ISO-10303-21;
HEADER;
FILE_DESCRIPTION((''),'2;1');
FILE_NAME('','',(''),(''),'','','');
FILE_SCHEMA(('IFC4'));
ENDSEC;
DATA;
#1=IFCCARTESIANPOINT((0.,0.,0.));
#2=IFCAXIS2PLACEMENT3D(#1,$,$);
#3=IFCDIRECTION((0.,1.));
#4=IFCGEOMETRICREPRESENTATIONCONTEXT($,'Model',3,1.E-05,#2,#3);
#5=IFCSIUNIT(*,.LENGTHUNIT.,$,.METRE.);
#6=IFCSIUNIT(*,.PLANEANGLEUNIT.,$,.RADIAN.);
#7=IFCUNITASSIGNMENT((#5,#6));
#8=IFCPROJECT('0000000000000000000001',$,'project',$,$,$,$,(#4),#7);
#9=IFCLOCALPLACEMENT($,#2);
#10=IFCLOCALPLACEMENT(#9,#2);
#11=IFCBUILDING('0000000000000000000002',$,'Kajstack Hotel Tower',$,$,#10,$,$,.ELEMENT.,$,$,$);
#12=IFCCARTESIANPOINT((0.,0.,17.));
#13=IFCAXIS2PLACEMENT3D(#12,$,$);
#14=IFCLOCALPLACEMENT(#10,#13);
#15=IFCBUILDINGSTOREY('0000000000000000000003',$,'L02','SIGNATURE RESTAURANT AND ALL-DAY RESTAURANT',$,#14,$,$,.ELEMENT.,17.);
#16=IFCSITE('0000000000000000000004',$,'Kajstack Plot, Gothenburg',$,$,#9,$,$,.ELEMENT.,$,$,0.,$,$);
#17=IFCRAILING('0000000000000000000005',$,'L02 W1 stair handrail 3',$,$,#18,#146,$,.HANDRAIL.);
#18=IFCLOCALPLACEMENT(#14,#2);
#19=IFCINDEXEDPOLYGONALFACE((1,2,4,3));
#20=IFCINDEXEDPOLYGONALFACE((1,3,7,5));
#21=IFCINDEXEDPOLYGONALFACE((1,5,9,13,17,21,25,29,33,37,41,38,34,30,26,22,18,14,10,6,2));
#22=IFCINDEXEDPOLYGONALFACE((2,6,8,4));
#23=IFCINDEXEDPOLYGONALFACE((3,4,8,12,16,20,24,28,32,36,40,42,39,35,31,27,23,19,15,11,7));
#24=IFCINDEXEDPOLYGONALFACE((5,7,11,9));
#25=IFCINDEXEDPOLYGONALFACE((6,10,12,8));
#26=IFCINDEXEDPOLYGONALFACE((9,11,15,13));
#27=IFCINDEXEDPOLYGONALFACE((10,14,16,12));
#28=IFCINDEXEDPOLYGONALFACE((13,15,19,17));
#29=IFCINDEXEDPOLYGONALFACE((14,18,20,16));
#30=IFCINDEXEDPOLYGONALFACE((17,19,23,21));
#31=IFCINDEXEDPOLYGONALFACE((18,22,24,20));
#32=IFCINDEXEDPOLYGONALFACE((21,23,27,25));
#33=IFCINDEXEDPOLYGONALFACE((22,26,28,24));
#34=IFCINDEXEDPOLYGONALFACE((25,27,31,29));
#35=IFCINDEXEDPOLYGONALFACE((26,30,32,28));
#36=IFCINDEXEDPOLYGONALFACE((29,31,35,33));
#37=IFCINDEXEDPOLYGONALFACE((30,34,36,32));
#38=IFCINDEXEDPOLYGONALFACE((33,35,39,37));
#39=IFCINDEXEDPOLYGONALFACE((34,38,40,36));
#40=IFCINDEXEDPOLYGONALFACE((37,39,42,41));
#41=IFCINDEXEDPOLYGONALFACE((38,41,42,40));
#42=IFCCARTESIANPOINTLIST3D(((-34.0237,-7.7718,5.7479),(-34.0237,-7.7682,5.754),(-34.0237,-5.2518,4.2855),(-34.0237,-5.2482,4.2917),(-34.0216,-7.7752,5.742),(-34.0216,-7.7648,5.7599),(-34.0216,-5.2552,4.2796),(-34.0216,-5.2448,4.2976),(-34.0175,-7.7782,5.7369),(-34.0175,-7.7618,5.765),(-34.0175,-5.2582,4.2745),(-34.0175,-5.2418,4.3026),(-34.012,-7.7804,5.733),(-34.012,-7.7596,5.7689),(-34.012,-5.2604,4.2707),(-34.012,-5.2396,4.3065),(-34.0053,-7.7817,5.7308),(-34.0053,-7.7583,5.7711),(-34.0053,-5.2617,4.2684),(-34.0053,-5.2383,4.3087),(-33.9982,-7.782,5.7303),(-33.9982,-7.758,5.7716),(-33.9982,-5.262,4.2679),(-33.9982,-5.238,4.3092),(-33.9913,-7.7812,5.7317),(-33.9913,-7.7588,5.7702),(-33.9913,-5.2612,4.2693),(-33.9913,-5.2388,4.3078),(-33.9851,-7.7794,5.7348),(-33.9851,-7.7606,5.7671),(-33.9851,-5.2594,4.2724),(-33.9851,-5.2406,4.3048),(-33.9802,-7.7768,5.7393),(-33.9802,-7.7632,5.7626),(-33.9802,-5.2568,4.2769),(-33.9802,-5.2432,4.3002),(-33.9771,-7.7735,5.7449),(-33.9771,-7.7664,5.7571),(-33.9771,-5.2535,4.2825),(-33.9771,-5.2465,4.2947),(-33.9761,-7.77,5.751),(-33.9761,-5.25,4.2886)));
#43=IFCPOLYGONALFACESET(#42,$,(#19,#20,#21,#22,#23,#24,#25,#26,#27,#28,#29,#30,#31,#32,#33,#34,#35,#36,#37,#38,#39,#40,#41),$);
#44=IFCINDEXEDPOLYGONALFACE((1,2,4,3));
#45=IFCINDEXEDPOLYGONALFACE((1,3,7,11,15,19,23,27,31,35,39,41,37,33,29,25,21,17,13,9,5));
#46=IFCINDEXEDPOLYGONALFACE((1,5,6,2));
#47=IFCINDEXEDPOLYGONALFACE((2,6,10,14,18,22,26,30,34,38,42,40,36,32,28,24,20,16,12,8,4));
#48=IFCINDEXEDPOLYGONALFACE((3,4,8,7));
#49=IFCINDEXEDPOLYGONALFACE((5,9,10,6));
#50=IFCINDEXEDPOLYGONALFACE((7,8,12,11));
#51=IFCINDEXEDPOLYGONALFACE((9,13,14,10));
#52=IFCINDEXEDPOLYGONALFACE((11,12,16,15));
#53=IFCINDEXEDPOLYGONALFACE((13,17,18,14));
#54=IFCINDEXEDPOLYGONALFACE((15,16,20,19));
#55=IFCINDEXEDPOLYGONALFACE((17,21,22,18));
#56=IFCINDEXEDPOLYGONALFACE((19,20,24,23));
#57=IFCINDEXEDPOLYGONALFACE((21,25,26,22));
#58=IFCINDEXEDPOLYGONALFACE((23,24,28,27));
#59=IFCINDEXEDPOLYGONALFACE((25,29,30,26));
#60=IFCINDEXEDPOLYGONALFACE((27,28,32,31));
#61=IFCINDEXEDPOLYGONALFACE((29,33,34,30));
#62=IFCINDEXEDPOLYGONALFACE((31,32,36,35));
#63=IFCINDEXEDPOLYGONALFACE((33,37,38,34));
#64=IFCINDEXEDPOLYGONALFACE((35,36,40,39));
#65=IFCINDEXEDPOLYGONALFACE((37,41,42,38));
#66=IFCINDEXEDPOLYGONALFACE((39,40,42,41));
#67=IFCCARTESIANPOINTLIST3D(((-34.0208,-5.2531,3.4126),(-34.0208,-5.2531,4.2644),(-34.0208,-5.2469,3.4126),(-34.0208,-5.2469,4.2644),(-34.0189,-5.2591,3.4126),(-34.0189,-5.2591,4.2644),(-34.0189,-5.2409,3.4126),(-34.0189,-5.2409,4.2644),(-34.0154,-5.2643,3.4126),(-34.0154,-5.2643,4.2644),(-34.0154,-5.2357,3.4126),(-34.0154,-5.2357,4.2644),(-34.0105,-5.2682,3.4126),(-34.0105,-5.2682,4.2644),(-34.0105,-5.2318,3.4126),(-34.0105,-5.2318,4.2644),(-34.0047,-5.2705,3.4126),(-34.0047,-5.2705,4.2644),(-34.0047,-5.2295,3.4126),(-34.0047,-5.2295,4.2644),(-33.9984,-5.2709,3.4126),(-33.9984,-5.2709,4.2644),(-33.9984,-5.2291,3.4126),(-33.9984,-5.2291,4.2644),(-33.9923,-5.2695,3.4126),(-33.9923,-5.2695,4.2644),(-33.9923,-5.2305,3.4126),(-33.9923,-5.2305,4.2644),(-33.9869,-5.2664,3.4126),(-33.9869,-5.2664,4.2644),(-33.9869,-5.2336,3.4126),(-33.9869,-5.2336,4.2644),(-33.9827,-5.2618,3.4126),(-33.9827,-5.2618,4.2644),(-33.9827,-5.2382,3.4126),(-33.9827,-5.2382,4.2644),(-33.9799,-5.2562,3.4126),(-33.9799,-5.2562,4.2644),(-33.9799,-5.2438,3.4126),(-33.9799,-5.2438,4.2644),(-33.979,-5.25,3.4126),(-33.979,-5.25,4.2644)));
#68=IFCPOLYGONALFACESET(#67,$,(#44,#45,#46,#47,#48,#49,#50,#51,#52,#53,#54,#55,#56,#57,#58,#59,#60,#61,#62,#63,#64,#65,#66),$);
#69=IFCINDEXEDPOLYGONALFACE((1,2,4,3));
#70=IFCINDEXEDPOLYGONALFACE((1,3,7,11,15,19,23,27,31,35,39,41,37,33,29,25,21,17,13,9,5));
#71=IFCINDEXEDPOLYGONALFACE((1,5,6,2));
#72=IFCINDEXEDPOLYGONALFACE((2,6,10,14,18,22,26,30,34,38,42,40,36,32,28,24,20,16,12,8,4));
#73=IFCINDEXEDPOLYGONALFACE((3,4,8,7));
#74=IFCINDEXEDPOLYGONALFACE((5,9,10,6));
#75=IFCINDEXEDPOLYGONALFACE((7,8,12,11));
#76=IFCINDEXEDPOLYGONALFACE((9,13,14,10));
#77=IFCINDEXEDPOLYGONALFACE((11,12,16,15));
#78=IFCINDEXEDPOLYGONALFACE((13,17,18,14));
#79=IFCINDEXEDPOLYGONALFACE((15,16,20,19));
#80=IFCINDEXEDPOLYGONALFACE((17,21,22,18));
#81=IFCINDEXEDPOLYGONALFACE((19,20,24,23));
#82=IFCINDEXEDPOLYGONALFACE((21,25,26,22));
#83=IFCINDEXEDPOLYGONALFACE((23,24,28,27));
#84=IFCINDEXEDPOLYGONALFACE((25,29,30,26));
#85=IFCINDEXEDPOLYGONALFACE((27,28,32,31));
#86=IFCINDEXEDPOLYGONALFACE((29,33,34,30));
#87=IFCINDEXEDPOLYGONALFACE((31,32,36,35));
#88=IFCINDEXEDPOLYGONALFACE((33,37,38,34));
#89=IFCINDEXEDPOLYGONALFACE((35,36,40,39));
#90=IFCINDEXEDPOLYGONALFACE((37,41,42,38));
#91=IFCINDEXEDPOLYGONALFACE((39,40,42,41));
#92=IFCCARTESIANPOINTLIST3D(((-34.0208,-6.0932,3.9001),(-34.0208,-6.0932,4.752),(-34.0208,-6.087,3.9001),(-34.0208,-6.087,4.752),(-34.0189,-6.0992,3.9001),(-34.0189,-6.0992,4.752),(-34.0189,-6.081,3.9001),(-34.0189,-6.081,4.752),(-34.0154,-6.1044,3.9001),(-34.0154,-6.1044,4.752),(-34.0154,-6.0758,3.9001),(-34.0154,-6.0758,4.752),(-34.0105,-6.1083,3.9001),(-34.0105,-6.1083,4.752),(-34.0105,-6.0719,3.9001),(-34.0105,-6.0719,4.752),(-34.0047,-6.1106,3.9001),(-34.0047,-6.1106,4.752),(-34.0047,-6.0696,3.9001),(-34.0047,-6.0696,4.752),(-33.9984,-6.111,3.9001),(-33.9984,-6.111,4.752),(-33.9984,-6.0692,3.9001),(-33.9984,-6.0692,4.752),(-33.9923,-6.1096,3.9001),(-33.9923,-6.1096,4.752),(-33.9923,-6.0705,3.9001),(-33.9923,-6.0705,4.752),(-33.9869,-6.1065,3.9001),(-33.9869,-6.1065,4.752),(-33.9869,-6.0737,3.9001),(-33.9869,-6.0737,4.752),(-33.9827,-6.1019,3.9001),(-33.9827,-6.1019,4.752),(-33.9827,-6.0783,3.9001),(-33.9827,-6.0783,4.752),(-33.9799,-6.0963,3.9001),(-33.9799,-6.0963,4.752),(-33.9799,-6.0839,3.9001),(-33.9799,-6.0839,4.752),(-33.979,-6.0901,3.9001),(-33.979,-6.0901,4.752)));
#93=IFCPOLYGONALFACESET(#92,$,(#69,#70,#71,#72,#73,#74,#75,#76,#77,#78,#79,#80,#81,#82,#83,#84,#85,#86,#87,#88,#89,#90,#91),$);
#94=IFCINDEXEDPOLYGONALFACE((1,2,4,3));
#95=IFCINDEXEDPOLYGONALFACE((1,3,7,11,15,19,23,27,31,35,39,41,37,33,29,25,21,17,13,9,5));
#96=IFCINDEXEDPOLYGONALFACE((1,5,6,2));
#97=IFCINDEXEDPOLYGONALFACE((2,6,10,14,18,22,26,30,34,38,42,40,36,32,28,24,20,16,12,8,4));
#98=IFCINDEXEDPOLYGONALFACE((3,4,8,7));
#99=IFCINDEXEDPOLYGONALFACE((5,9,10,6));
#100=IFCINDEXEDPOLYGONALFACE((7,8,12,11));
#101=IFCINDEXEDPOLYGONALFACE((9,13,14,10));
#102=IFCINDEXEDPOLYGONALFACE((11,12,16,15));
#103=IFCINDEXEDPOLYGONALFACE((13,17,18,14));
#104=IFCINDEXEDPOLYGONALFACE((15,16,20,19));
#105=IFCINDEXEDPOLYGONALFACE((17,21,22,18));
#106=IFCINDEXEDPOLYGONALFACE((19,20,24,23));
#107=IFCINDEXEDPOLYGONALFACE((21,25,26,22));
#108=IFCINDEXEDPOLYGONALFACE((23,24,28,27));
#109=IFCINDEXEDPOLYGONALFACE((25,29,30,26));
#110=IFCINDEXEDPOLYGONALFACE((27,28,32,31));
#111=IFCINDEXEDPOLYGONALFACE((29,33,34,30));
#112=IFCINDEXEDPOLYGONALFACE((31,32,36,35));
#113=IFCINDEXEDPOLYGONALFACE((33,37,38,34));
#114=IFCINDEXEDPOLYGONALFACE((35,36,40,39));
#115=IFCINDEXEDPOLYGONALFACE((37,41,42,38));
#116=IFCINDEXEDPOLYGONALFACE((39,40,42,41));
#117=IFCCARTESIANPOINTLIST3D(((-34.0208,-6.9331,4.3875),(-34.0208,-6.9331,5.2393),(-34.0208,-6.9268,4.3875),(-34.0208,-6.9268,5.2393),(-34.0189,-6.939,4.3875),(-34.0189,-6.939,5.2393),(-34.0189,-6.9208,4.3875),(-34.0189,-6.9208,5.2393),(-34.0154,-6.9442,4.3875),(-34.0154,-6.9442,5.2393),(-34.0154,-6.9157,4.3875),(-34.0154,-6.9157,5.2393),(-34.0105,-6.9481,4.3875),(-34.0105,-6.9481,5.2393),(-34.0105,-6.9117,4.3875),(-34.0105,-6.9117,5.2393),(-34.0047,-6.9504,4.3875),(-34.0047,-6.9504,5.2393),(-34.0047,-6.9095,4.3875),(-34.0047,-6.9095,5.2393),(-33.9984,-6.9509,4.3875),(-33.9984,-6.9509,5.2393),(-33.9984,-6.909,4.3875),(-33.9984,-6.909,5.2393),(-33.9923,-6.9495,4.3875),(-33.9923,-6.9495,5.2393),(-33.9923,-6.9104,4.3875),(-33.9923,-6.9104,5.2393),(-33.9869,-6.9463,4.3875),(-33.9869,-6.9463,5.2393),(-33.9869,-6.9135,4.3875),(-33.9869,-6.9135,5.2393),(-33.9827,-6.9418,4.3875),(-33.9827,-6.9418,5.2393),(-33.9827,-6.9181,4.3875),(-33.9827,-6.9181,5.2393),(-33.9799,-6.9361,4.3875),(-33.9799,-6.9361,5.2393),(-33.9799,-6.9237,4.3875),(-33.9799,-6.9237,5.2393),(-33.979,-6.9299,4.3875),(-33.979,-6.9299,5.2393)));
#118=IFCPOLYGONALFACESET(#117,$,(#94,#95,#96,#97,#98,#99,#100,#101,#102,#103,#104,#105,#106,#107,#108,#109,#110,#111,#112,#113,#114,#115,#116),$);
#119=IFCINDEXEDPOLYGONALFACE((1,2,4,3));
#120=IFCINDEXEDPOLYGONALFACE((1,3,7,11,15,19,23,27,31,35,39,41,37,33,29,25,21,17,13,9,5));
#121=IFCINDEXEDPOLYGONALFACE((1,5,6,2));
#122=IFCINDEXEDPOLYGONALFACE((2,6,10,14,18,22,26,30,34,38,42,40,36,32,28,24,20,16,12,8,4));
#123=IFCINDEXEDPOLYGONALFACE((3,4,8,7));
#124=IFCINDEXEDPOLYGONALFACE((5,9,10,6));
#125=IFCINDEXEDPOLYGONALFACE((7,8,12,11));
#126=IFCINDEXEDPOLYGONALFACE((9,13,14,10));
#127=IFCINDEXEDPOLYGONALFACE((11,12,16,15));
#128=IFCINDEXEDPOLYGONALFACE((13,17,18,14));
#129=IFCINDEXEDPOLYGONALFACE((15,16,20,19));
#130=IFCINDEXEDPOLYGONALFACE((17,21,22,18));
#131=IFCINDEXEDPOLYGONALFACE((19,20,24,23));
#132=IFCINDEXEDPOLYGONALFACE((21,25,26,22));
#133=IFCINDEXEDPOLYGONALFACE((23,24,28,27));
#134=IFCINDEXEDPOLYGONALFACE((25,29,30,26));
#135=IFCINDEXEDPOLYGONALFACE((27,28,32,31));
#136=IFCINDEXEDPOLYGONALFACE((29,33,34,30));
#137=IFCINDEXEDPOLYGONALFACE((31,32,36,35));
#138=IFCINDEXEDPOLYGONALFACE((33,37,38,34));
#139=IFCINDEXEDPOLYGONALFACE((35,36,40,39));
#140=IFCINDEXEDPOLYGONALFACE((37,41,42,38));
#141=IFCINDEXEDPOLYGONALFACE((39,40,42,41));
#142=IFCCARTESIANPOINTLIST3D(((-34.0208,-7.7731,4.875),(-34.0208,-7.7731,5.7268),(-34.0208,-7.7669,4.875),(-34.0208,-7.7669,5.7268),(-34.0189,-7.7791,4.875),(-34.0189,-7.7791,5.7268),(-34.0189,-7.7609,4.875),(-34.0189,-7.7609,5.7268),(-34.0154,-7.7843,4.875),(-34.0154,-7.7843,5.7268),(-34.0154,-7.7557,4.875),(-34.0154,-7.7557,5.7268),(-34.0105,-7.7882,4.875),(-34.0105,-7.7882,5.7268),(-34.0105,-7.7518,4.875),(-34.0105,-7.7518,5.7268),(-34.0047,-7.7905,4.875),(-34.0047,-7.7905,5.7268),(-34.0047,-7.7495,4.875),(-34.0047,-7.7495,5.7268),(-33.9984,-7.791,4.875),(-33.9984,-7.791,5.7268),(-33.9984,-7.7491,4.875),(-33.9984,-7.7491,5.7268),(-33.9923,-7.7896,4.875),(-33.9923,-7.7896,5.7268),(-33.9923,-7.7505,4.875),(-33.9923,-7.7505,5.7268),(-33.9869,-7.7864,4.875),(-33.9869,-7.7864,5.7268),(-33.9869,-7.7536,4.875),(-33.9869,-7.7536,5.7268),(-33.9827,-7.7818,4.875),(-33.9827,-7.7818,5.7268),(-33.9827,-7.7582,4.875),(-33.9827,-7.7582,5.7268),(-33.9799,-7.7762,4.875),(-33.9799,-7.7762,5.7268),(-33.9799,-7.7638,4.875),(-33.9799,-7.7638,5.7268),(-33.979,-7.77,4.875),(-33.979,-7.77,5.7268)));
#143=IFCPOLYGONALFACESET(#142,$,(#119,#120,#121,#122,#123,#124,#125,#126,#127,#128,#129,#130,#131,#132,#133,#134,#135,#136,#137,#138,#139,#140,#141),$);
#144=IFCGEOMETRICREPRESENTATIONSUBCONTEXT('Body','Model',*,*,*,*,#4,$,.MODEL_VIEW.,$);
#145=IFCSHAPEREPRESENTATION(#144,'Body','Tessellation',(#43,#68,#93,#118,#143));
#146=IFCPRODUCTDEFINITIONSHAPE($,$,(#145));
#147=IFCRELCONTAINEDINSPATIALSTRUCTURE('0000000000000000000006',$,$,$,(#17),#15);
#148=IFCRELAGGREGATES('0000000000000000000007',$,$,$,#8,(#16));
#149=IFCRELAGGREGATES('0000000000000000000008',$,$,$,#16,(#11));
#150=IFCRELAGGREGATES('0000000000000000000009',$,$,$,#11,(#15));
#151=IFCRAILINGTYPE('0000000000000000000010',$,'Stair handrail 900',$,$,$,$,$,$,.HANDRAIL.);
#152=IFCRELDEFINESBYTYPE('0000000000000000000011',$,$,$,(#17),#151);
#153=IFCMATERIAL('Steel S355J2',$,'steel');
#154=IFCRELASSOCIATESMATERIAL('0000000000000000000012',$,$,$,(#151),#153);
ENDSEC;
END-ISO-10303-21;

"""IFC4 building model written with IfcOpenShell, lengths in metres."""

from ifc_helpers import new_model, si_unit, direction, frame, origin, origin_2d, place, context, subcontext, project, spatial, circle, extrude, material, type_object, element, save


model = new_model("IFC4")

# Units and contexts
model_context = context("Model", 3, precision=1e-05, world=origin(), true_north=direction((0.0, 1.0)))
body_context = subcontext(model_context, "Body", "Model", "MODEL_VIEW")
ifc_project = project(units=[si_unit("LENGTHUNIT", "METRE"), si_unit("PLANEANGLEUNIT", "RADIAN")], contexts=[model_context])

# Site, building, storey
site_placement = place(None, origin())
site = spatial("IfcSite", under=ifc_project, at=site_placement, Name="Kajstack Plot, Gothenburg", CompositionType="ELEMENT", RefElevation=0.0)
building_placement = place(site_placement, origin())
building = spatial("IfcBuilding", under=site, at=building_placement, Name="Kajstack Hotel Tower", CompositionType="ELEMENT")
storey_placement = place(building_placement, frame((0.0, 0.0, 17.0)))
storey = spatial("IfcBuildingStorey", under=building, at=storey_placement, Name="L02", Description="SIGNATURE RESTAURANT AND ALL-DAY RESTAURANT", CompositionType="ELEMENT", Elevation=17.0)

# Railing
ifc_material_1 = material(Name="Steel S355J2", Category="steel")
railing_type_1 = type_object("IfcRailingType", Name="Stair handrail 900", PredefinedType="HANDRAIL", material=ifc_material_1)
for number, where, name in (
    (1, (-34.0, -5.25, 3.4126), "L02 W1 stair handrail 3"),
):
    element("IfcRailing", number, at=place(storey_placement, frame(where)), inside=storey, type_object=railing_type_1, Name=name, PredefinedType="HANDRAIL", context=body_context, shape_type="SweptSolid", body=[
        extrude(circle(Radius=0.0239, at=origin_2d()), frame((0.0, 0.0, 0.876), z_axis=(0.0, -0.864913, 0.501921), x_axis=(1.0, 0.0, 0.0)), (0.0, 0.0, 1.0), 2.9136),
        extrude(circle(Radius=0.021, at=origin_2d()), origin(), (0.0, 0.0, 1.0), 0.8518),
        extrude(circle(Radius=0.021, at=origin_2d()), frame((0.0, -0.8401, 0.4875)), (0.0, 0.0, 1.0), 0.8518),
        extrude(circle(Radius=0.021, at=origin_2d()), frame((0.0, -1.6799, 0.9749)), (0.0, 0.0, 1.0), 0.8518),
        extrude(circle(Radius=0.021, at=origin_2d()), frame((0.0, -2.52, 1.4624)), (0.0, 0.0, 1.0), 0.8518),
    ])

save(model, "model.ifc")
